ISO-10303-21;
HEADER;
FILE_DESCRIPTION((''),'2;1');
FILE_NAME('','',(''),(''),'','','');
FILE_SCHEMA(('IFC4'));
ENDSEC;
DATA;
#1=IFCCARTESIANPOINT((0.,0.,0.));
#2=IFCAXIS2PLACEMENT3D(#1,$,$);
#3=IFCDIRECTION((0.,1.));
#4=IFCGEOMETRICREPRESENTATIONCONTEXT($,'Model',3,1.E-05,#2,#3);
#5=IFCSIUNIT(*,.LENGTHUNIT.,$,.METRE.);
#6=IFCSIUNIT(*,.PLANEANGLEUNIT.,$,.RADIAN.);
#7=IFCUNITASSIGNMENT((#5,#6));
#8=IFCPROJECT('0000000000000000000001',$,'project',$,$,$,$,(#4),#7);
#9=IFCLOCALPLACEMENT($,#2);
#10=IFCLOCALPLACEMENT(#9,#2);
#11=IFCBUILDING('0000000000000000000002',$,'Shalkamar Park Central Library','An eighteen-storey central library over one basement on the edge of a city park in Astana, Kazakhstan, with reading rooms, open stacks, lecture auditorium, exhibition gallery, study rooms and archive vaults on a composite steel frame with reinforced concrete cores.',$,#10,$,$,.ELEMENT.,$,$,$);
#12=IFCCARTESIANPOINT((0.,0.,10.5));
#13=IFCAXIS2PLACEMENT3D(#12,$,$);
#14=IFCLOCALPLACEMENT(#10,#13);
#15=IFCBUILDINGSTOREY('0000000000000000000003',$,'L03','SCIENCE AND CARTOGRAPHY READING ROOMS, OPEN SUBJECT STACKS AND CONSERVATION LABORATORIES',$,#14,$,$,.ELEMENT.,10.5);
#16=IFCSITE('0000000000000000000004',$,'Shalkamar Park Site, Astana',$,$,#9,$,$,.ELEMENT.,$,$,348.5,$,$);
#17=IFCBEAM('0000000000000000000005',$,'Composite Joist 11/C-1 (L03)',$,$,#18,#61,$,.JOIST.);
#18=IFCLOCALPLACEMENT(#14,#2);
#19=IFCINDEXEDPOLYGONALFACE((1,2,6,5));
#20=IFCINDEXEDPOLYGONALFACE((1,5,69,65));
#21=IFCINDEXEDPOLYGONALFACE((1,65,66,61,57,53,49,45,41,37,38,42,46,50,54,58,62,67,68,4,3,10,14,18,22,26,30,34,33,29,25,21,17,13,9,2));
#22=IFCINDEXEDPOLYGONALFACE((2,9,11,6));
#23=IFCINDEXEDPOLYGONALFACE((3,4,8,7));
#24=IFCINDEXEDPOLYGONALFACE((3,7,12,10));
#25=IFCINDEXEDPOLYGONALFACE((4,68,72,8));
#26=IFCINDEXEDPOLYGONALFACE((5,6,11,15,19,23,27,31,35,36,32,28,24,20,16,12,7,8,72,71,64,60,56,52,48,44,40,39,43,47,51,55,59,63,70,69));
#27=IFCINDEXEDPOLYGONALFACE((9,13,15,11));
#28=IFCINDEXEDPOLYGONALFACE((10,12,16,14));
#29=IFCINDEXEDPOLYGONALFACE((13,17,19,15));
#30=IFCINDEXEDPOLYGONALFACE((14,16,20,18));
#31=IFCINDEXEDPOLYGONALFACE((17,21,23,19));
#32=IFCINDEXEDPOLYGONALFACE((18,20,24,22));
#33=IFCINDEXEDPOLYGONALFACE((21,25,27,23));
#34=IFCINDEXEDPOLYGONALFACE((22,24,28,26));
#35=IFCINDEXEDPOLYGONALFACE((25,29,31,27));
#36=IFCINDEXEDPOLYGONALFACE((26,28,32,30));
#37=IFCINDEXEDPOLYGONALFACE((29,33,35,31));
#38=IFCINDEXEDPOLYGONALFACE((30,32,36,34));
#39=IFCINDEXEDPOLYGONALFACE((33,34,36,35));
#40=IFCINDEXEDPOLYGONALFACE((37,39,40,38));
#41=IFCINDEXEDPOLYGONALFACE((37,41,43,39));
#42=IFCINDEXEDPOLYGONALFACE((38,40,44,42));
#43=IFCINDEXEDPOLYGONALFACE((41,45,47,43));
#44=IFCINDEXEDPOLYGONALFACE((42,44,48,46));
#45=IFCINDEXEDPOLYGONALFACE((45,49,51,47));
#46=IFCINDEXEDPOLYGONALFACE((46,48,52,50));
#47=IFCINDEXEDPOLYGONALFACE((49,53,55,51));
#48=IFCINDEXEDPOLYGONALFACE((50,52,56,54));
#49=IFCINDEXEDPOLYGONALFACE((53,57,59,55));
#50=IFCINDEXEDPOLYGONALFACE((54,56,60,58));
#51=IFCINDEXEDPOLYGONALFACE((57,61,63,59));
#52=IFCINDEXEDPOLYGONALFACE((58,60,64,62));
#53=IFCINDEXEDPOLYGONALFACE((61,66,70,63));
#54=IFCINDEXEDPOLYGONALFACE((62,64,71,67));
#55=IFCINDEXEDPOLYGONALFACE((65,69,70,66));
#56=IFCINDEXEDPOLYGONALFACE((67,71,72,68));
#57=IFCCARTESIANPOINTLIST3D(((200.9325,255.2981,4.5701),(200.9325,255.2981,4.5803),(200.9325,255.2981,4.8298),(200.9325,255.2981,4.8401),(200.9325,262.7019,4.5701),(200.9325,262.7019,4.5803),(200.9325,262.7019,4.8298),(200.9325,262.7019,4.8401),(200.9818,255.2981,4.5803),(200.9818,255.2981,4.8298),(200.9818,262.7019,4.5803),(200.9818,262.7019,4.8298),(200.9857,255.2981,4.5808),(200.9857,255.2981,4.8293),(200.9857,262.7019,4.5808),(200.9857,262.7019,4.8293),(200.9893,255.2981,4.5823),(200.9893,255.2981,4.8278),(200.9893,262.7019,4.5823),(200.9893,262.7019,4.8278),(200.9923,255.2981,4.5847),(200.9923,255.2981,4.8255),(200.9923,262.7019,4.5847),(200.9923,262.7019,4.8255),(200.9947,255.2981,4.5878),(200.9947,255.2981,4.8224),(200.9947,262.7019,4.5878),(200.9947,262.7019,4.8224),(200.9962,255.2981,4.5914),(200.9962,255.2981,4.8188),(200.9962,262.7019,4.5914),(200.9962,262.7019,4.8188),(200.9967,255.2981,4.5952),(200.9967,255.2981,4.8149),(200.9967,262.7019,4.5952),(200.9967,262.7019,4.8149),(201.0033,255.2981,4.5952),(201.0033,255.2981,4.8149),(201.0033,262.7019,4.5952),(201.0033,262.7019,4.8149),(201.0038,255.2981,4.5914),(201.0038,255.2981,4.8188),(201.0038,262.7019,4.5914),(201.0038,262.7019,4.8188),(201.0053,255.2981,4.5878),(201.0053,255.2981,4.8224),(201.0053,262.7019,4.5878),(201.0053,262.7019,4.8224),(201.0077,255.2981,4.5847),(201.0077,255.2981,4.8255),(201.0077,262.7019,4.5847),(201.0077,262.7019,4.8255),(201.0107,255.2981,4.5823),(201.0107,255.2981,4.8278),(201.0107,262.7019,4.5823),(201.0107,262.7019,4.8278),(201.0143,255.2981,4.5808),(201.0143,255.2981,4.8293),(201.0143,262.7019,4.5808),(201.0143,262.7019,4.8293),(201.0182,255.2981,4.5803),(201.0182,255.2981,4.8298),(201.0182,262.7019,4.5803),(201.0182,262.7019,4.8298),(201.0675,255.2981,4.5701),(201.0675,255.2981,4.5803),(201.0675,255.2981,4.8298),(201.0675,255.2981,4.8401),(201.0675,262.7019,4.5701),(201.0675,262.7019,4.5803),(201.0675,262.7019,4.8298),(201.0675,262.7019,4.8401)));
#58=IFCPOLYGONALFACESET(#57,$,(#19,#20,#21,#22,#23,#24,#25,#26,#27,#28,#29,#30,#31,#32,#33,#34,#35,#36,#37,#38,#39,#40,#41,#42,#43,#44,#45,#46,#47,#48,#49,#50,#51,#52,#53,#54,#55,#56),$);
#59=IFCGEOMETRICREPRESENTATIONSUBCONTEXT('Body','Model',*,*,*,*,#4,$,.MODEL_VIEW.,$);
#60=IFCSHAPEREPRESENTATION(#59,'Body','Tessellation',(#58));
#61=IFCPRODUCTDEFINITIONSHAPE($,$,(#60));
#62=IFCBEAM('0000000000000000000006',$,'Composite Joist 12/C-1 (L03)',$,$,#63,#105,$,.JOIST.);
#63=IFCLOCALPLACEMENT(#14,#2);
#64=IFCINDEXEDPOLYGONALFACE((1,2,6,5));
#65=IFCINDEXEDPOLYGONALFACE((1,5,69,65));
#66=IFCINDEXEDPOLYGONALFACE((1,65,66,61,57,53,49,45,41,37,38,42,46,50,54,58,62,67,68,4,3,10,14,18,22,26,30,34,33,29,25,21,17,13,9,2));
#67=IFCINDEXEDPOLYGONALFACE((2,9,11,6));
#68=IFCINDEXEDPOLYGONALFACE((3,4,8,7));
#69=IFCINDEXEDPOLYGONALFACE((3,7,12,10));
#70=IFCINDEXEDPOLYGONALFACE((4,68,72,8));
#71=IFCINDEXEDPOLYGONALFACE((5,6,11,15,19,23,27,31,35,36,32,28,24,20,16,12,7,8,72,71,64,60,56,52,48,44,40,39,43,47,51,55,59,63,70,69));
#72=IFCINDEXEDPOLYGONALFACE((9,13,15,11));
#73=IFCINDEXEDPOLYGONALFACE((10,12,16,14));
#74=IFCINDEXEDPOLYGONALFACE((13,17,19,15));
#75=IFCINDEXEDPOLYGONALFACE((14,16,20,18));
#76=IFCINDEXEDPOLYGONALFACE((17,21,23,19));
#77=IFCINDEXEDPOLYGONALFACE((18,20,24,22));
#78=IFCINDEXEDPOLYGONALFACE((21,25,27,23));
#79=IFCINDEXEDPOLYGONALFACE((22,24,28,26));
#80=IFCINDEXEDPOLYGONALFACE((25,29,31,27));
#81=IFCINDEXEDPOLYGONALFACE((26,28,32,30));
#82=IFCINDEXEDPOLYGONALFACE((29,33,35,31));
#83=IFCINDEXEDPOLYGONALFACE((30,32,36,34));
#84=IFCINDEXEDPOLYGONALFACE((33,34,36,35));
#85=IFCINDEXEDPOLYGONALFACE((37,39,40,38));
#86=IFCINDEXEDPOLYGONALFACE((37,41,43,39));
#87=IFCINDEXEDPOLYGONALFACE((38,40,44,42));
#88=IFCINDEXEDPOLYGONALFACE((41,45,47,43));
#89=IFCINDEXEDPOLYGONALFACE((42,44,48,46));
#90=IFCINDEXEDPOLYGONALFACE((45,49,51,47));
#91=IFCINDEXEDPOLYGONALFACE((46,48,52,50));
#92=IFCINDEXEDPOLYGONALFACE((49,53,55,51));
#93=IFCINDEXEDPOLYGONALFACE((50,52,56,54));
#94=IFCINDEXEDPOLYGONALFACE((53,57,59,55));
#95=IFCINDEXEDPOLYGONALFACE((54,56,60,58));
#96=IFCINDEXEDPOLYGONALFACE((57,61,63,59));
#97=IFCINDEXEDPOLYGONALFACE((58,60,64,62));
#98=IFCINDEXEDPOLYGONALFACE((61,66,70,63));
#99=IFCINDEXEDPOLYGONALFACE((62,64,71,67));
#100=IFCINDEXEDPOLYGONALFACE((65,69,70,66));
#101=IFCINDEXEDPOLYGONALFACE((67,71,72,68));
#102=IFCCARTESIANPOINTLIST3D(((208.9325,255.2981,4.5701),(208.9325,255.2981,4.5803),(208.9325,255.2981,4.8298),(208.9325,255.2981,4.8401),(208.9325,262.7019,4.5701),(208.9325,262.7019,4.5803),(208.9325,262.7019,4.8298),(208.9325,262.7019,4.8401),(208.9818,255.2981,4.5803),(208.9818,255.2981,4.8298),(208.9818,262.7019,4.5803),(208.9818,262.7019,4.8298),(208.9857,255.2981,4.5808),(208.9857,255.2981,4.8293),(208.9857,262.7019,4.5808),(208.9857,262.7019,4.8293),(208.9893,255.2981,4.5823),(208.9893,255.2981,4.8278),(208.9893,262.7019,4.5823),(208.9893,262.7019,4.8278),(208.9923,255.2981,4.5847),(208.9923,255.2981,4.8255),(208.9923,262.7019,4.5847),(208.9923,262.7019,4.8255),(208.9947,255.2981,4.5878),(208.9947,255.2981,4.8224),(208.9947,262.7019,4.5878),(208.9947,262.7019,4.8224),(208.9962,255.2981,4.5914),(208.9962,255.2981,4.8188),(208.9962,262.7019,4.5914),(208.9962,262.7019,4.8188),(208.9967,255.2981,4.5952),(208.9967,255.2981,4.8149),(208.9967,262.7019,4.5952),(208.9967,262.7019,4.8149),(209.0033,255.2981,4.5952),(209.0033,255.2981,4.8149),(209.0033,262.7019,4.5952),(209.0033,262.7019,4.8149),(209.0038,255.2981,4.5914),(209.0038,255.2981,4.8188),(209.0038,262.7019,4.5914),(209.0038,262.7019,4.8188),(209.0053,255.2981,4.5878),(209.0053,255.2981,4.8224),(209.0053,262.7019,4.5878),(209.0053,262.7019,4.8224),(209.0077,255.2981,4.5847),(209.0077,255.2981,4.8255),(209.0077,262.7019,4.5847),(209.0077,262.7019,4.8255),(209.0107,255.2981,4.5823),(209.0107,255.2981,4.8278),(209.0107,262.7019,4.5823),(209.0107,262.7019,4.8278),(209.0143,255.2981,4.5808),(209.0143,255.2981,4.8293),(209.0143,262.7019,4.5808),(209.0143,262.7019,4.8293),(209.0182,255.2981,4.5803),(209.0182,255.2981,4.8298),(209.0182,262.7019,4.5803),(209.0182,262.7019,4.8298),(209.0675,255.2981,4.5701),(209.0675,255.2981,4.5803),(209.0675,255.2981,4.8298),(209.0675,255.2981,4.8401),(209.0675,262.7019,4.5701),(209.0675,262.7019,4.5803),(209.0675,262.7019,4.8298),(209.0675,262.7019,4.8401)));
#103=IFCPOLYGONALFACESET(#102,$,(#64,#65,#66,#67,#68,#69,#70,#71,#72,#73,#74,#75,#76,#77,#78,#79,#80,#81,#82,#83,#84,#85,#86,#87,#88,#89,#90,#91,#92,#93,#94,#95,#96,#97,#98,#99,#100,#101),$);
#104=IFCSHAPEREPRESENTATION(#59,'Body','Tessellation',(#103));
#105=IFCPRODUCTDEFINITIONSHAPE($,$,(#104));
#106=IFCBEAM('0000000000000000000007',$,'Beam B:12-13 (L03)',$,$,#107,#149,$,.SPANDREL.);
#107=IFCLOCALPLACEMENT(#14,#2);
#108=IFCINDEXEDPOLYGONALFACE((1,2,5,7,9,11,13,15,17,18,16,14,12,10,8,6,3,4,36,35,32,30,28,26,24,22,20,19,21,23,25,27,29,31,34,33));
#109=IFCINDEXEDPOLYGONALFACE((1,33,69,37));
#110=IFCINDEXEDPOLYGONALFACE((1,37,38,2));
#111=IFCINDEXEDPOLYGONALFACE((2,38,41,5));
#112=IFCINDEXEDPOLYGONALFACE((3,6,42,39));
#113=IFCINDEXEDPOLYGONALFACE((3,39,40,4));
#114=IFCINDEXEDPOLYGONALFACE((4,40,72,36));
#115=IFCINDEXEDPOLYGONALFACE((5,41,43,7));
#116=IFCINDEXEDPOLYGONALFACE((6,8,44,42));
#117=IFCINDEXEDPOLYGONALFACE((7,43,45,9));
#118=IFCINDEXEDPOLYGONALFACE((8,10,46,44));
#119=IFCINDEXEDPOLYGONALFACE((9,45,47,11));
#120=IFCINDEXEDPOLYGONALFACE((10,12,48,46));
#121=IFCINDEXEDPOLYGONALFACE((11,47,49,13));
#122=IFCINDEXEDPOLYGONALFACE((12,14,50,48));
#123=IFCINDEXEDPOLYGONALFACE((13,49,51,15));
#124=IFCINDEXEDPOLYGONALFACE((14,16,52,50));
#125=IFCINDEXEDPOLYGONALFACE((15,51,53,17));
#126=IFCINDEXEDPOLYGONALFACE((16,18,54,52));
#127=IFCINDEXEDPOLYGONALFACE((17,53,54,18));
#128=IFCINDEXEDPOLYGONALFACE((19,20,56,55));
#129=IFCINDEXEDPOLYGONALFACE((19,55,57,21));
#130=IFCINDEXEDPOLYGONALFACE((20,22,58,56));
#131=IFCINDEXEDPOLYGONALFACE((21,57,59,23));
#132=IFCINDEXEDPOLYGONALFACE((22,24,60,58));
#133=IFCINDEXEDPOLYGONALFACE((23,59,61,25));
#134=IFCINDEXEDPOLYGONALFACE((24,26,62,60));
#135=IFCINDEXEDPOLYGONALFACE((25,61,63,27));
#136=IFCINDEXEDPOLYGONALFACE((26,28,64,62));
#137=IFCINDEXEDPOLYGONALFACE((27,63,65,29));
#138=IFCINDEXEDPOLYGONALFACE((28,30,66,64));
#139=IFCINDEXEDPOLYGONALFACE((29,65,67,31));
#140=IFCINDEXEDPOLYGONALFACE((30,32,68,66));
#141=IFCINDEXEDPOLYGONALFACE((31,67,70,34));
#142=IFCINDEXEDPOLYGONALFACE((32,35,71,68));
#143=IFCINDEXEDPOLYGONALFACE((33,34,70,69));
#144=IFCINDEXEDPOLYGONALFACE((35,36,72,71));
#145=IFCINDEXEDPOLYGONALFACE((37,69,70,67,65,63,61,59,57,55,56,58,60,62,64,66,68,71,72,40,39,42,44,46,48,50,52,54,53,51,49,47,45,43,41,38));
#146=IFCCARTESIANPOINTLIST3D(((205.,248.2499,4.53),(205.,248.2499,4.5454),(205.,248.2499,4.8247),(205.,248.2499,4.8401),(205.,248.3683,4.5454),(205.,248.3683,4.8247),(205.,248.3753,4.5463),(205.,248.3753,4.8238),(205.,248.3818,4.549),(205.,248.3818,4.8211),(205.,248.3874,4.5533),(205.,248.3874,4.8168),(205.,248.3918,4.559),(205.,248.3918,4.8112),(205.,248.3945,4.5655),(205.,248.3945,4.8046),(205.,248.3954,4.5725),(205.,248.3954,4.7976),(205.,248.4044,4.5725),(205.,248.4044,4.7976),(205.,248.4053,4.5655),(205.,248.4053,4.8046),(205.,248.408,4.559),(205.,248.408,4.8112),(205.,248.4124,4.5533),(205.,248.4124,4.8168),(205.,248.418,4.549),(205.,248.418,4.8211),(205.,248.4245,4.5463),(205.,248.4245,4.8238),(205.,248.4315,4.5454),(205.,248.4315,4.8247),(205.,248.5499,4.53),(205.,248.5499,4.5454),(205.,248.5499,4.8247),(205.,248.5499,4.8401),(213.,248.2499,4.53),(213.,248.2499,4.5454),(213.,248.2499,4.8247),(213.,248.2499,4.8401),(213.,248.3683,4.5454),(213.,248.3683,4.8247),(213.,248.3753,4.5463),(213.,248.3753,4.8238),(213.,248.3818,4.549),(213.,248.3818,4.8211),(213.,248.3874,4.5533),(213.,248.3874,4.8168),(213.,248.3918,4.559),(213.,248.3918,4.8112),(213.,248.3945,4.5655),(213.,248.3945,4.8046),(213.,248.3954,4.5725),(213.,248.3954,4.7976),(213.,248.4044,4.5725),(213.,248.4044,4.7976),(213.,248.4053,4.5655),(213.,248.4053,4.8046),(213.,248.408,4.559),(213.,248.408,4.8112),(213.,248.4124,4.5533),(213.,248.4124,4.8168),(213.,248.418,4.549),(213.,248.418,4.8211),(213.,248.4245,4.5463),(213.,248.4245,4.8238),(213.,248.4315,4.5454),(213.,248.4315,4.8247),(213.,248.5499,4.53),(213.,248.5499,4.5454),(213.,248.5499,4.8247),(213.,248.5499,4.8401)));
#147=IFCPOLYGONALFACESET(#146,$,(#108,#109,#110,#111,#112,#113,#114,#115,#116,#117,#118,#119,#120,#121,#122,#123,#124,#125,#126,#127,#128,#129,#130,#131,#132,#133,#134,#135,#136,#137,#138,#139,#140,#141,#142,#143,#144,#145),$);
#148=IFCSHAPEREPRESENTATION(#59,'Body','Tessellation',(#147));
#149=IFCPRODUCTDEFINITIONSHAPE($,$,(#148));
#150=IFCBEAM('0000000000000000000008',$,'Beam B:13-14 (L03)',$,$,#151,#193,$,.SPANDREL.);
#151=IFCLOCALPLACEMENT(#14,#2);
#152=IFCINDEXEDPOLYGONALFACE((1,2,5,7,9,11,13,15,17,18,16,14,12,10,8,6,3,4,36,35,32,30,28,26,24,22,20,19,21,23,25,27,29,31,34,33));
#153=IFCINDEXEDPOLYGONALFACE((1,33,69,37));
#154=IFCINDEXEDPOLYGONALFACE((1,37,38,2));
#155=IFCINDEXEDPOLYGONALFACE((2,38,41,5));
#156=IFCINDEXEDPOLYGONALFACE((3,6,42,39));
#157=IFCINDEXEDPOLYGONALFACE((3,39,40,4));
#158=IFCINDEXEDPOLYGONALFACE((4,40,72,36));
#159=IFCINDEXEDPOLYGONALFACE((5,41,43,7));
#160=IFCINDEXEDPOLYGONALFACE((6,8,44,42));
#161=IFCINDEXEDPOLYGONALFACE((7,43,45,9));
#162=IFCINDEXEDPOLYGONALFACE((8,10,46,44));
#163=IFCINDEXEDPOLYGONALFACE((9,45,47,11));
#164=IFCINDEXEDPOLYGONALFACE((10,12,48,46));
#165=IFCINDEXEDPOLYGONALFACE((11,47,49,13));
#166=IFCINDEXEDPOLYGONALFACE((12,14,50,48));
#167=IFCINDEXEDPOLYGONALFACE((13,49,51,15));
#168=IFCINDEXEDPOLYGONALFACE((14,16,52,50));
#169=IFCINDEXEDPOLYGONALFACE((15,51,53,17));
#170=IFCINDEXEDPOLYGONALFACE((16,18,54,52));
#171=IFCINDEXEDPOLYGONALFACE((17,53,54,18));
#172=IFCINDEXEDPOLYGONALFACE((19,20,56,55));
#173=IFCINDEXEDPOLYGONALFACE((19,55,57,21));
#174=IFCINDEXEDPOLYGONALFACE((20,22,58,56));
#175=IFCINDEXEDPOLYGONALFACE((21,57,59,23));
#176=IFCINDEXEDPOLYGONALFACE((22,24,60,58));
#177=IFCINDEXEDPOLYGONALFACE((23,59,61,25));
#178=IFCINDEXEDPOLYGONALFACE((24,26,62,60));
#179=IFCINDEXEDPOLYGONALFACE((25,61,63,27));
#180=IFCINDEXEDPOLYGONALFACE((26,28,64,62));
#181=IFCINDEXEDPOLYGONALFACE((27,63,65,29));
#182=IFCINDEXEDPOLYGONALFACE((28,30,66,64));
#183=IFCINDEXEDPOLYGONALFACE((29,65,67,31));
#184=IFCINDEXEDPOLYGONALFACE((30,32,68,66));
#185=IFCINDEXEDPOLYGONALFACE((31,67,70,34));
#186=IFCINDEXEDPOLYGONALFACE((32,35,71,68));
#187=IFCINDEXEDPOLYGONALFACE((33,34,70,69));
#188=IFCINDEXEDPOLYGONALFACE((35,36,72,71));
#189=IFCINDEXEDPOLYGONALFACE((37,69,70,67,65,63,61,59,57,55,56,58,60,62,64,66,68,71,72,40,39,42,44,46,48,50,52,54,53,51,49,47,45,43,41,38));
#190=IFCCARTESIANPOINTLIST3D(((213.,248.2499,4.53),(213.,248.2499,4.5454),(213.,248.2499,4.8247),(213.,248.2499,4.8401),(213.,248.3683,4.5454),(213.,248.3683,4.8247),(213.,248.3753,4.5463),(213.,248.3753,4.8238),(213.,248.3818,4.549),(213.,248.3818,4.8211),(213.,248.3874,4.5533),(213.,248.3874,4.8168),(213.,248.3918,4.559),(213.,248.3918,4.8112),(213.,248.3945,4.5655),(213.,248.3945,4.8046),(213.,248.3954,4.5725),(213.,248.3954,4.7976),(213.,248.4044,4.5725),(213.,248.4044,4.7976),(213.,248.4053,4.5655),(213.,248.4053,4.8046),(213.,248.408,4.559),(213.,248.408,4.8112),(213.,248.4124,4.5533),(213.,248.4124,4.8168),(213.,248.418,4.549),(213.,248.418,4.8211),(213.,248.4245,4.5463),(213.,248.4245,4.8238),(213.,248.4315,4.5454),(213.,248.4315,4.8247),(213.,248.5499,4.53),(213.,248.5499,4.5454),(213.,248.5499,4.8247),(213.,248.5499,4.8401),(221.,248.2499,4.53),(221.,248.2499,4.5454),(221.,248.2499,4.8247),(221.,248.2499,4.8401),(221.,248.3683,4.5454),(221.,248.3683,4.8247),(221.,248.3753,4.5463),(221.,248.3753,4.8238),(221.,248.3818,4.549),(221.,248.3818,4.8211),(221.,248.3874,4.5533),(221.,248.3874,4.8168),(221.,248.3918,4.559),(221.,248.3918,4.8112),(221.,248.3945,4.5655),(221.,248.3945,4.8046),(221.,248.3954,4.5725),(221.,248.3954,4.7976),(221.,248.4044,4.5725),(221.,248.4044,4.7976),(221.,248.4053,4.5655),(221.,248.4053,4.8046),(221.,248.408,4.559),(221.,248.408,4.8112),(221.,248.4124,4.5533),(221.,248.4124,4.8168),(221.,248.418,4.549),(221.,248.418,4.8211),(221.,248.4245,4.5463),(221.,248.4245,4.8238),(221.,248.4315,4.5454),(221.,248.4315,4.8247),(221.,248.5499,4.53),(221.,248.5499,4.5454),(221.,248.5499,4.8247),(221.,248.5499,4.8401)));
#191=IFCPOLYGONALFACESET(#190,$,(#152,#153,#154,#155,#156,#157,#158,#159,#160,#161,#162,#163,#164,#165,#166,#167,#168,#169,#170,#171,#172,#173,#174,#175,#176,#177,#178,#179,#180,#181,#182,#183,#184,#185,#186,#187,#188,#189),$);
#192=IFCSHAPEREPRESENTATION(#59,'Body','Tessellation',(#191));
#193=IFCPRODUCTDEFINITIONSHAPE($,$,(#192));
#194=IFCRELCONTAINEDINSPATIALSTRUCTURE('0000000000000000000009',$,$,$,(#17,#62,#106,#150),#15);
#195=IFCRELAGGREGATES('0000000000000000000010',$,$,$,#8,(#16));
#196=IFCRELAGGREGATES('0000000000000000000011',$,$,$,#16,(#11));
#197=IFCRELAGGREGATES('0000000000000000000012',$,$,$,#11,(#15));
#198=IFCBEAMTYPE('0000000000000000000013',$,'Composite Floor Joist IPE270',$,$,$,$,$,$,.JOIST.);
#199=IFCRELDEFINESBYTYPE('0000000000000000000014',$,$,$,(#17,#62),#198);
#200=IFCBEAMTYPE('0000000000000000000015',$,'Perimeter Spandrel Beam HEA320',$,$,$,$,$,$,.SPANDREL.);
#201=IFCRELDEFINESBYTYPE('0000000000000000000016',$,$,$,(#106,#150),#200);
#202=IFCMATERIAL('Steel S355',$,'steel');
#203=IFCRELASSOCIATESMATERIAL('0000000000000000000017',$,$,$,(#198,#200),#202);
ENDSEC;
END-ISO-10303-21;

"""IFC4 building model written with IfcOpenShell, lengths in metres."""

from ifc_helpers import new_model, si_unit, direction, frame, origin, origin_2d, place, context, subcontext, project, spatial, i_section, extrude, material, material_profile, profile_set, type_object, element, save


model = new_model("IFC4")

# Units and contexts
model_context = context("Model", 3, precision=1e-05, world=origin(), true_north=direction((0.0, 1.0)))
body_context = subcontext(model_context, "Body", "Model", "MODEL_VIEW")
ifc_project = project(units=[si_unit("LENGTHUNIT", "METRE"), si_unit("PLANEANGLEUNIT", "RADIAN")], contexts=[model_context])

# Site, building, storey
site_placement = place(None, origin())
site = spatial("IfcSite", under=ifc_project, at=site_placement, Name="Shalkamar Park Site, Astana", CompositionType="ELEMENT", RefElevation=348.5)
building_placement = place(site_placement, origin())
building = spatial("IfcBuilding", under=site, at=building_placement, Name="Shalkamar Park Central Library", Description="An eighteen-storey central library over one basement on the edge of a city park in Astana, Kazakhstan, with reading rooms, open stacks, lecture auditorium, exhibition gallery, study rooms and archive vaults on a composite steel frame with reinforced concrete cores.", CompositionType="ELEMENT")
storey_placement = place(building_placement, frame((0.0, 0.0, 10.5)))
storey = spatial("IfcBuildingStorey", under=building, at=storey_placement, Name="L03", Description="SCIENCE AND CARTOGRAPHY READING ROOMS, OPEN SUBJECT STACKS AND CONSERVATION LABORATORIES", CompositionType="ELEMENT", Elevation=10.5)

# Shared definitions
ifc_material_1 = material(Name="Steel S355", Category="steel")

# Beams
ifc_material_profile_1 = material_profile(ifc_material_1, i_section(OverallWidth=0.135, OverallDepth=0.27, WebThickness=0.0066, FlangeThickness=0.0103, FilletRadius=0.0149, at=origin_2d()), Name="IPE 270")
ifc_profile_set_1 = profile_set([ifc_material_profile_1], Name="Steel S355")
beam_type_1 = type_object("IfcBeamType", Name="Composite Floor Joist IPE270", PredefinedType="JOIST", material=ifc_profile_set_1)
for number, where, z_axis, x_axis, name in (
    (1, (201.0, 255.2981, 4.7051), (0.0, 1.0, 0.0), (-1.0, 0.0, 0.0), "Composite Joist 11/C-1 (L03)"),
    (2, (209.0, 255.2981, 4.7051), (0.0, 1.0, 0.0), (-1.0, 0.0, 0.0), "Composite Joist 12/C-1 (L03)"),
):
    element("IfcBeam", number, at=place(storey_placement, frame(where, z_axis=z_axis, x_axis=x_axis)), inside=storey, type_object=beam_type_1, Name=name, PredefinedType="JOIST", context=body_context, shape_type="SweptSolid", body=[
        extrude(i_section(OverallWidth=0.135, OverallDepth=0.27, WebThickness=0.0066, FlangeThickness=0.0103, FilletRadius=0.0149, at=origin_2d()), origin(), (0.0, 0.0, 1.0), 7.4038),
    ])
ifc_material_profile_2 = material_profile(ifc_material_1, i_section(OverallWidth=0.3, OverallDepth=0.3101, WebThickness=0.009, FlangeThickness=0.0154, FilletRadius=0.0271, at=origin_2d()), Name="HEA 320")
ifc_profile_set_2 = profile_set([ifc_material_profile_2], Name="Steel S355")
beam_type_2 = type_object("IfcBeamType", Name="Perimeter Spandrel Beam HEA320", PredefinedType="SPANDREL", material=ifc_profile_set_2)
for number, where, z_axis, x_axis, name in (
    (3, (205.0, 248.3999, 4.6851), (1.0, 0.0, 0.0), (0.0, 1.0, 0.0), "Beam B:12-13 (L03)"),
    (4, (213.0, 248.3999, 4.6851), (1.0, 0.0, 0.0), (0.0, 1.0, 0.0), "Beam B:13-14 (L03)"),
):
    element("IfcBeam", number, at=place(storey_placement, frame(where, z_axis=z_axis, x_axis=x_axis)), inside=storey, type_object=beam_type_2, Name=name, PredefinedType="SPANDREL", context=body_context, shape_type="SweptSolid", body=[
        extrude(i_section(OverallWidth=0.3, OverallDepth=0.3101, WebThickness=0.009, FlangeThickness=0.0154, FilletRadius=0.0271, at=origin_2d()), origin(), (0.0, 0.0, 1.0), 8.0),
    ])

save(model, "model.ifc")
